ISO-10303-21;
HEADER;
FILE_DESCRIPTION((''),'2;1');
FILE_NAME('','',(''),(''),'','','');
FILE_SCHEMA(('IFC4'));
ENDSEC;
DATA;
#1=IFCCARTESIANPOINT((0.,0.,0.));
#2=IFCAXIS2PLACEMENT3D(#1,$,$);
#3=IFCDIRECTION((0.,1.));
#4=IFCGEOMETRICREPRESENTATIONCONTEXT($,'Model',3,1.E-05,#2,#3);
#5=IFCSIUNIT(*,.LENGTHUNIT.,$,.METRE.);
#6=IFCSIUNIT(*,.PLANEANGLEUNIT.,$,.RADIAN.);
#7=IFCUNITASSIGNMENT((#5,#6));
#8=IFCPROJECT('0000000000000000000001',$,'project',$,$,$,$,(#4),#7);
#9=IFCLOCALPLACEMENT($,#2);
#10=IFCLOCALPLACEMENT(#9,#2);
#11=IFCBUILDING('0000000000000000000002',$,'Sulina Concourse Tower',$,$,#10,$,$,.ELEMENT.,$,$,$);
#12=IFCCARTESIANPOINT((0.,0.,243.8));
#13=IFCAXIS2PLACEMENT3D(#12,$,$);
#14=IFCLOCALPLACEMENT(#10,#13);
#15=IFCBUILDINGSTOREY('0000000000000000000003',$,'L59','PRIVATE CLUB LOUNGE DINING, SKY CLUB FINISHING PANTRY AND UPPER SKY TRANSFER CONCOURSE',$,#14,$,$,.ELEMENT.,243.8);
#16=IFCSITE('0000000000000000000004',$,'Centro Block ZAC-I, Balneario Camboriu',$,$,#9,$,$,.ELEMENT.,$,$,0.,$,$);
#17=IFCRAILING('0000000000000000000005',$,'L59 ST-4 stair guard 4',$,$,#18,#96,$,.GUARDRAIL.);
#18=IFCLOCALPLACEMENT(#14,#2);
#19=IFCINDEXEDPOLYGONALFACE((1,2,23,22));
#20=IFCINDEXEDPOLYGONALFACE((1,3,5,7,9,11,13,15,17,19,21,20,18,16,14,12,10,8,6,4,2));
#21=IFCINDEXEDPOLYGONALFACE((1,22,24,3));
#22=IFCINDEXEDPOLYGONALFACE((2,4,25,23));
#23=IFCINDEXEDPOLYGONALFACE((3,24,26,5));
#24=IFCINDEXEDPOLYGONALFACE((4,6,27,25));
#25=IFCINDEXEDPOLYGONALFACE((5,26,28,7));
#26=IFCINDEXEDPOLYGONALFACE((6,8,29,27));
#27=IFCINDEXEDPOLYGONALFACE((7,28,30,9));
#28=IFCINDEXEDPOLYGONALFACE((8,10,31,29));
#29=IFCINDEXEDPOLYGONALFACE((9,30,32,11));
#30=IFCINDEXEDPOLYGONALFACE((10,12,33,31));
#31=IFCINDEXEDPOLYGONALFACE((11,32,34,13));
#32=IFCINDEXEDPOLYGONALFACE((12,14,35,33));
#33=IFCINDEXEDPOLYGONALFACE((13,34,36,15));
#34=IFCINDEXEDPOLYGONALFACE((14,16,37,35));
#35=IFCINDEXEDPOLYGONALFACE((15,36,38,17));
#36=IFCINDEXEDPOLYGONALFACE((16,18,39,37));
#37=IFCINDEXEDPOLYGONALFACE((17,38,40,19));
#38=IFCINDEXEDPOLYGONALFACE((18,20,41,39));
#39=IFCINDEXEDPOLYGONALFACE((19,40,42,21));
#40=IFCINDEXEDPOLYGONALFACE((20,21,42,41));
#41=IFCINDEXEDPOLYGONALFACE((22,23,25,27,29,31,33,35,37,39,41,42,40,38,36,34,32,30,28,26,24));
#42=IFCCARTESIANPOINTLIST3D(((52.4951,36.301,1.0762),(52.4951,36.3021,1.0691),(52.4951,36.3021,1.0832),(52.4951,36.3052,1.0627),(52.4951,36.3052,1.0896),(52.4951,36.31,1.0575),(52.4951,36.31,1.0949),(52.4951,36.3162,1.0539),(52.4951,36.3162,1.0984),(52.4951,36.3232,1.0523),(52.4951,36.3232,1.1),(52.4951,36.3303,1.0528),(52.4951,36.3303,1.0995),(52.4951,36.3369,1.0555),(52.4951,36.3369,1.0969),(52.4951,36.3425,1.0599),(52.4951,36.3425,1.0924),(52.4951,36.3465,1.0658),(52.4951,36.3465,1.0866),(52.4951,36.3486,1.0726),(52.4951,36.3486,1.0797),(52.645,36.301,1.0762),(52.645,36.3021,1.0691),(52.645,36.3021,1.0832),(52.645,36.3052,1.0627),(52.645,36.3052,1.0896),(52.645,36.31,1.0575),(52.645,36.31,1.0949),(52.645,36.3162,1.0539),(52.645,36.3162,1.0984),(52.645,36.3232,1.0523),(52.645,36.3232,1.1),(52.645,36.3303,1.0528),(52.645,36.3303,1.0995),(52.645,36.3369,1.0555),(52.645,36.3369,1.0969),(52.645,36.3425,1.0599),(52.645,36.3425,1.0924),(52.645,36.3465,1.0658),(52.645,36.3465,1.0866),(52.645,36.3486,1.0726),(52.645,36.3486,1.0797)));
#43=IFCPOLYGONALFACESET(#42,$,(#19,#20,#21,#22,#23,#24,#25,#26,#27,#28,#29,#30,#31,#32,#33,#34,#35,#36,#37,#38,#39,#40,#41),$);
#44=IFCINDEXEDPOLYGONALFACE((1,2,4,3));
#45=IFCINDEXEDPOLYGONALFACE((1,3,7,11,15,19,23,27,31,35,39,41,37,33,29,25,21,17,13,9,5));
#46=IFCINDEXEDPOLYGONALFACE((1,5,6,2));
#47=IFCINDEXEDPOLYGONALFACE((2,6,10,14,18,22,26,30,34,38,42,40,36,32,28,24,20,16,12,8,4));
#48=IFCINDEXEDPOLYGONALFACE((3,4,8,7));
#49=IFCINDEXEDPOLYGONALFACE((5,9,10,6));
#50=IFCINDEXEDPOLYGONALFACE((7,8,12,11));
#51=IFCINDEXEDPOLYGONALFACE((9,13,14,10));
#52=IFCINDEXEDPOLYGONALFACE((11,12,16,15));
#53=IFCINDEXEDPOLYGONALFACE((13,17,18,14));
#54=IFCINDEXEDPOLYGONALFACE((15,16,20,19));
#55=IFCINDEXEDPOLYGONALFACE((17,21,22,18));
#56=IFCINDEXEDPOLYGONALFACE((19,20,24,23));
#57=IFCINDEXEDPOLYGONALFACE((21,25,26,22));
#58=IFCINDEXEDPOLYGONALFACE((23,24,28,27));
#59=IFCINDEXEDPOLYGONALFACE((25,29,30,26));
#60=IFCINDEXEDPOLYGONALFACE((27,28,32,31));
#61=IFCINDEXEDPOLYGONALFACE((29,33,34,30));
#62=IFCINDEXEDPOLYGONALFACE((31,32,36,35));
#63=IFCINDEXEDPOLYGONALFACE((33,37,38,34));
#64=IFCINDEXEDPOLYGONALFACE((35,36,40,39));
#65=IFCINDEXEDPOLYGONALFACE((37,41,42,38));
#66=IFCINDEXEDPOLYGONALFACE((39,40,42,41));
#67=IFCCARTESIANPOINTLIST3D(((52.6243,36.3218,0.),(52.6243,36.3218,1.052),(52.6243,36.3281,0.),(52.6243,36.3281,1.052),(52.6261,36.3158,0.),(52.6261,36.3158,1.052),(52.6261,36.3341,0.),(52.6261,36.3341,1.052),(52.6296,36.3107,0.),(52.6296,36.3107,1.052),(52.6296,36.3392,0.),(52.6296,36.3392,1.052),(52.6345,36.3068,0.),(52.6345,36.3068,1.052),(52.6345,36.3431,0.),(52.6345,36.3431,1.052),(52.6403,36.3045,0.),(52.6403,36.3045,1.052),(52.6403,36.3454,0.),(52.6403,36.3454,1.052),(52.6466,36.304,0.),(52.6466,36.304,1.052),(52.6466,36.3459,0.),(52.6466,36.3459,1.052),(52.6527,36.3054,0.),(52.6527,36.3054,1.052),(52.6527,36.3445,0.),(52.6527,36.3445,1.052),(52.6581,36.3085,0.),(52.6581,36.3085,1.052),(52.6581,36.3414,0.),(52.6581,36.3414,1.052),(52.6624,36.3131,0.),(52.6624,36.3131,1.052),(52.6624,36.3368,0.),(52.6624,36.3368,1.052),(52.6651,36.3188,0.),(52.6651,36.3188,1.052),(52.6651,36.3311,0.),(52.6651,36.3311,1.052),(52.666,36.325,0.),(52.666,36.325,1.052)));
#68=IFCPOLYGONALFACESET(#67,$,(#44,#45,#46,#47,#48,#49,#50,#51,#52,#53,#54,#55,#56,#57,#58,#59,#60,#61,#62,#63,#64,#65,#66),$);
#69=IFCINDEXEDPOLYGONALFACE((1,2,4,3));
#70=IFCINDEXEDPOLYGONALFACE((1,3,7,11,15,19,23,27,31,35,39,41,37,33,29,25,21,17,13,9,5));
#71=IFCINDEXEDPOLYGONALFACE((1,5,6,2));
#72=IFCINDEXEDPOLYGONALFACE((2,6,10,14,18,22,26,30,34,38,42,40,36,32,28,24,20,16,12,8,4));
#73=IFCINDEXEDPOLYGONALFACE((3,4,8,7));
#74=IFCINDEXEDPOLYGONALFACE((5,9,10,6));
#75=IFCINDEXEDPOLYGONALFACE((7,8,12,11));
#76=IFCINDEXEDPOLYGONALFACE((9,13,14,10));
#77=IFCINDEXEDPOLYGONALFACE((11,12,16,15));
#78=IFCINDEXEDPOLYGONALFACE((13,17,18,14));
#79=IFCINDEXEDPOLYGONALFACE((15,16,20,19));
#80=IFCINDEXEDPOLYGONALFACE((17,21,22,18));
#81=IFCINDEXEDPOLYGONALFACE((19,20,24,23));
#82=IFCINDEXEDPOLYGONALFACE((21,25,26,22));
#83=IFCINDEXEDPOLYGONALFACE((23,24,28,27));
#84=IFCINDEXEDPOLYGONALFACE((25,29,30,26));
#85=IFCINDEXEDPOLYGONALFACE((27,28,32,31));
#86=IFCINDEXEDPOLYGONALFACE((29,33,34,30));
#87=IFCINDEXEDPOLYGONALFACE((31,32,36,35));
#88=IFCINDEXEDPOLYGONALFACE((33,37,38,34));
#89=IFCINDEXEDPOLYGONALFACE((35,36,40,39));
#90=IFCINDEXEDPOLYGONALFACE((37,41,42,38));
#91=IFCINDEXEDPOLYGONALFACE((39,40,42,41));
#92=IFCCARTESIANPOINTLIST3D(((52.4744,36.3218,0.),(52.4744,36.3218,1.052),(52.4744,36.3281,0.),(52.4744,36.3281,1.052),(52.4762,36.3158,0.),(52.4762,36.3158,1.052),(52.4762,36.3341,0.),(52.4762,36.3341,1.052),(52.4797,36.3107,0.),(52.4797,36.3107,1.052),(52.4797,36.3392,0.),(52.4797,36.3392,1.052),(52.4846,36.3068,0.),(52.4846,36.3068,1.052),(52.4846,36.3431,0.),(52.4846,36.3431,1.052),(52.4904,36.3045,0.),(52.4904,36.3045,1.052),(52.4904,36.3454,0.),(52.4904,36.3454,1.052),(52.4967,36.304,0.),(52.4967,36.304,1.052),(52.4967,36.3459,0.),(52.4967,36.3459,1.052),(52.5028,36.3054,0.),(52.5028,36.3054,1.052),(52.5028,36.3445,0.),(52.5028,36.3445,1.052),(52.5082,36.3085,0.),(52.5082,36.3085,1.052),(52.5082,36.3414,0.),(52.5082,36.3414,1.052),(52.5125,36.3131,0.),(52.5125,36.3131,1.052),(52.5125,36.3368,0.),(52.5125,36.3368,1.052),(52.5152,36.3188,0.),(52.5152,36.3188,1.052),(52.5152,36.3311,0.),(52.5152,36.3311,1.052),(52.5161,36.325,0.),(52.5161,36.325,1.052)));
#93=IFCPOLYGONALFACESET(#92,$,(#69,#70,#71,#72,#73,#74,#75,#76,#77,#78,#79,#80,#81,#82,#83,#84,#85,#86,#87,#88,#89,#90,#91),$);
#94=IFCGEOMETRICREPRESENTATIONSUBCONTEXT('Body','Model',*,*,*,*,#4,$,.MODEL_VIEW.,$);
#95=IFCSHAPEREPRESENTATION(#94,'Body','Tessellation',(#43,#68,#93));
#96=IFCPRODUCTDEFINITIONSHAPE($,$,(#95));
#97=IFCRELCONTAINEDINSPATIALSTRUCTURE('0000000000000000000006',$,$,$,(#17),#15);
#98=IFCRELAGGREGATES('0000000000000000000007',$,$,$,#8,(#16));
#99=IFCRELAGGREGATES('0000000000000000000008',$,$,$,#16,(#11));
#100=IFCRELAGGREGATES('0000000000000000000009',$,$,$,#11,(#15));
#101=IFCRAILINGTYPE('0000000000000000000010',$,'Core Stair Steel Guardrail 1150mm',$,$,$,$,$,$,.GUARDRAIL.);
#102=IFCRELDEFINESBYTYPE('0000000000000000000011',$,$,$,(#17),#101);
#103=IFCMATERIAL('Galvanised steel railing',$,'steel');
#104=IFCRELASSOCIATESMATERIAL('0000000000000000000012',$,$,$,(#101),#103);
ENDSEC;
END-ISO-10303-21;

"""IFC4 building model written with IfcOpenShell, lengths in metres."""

from ifc_helpers import new_model, si_unit, direction, frame, origin, origin_2d, place, context, subcontext, project, spatial, circle, extrude, material, type_object, element, save


model = new_model("IFC4")

# Units and contexts
model_context = context("Model", 3, precision=1e-05, world=origin(), true_north=direction((0.0, 1.0)))
body_context = subcontext(model_context, "Body", "Model", "MODEL_VIEW")
ifc_project = project(units=[si_unit("LENGTHUNIT", "METRE"), si_unit("PLANEANGLEUNIT", "RADIAN")], contexts=[model_context])

# Site, building, storey
site_placement = place(None, origin())
site = spatial("IfcSite", under=ifc_project, at=site_placement, Name="Centro Block ZAC-I, Balneario Camboriu", CompositionType="ELEMENT", RefElevation=0.0)
building_placement = place(site_placement, origin())
building = spatial("IfcBuilding", under=site, at=building_placement, Name="Sulina Concourse Tower", CompositionType="ELEMENT")
storey_placement = place(building_placement, frame((0.0, 0.0, 243.8)))
storey = spatial("IfcBuildingStorey", under=building, at=storey_placement, Name="L59", Description="PRIVATE CLUB LOUNGE DINING, SKY CLUB FINISHING PANTRY AND UPPER SKY TRANSFER CONCOURSE", CompositionType="ELEMENT", Elevation=243.8)

# Railing
ifc_material_1 = material(Name="Galvanised steel railing", Category="steel")
railing_type_1 = type_object("IfcRailingType", Name="Core Stair Steel Guardrail 1150mm", PredefinedType="GUARDRAIL", material=ifc_material_1)
railing_1_placement = place(storey_placement, frame((52.645, 36.325, 0.0)))
element("IfcRailing", 1, at=railing_1_placement, inside=storey, type_object=railing_type_1, Name="L59 ST-4 stair guard 4", PredefinedType="GUARDRAIL", context=body_context, shape_type="SweptSolid", body=[
    extrude(circle(Radius=0.0239, at=origin_2d()), frame((0.0, 0.0, 1.0762), z_axis=(-1.0, 0.0, 0.0), x_axis=(0.0, -1.0, 0.0)), (0.0, 0.0, 1.0), 0.1499),
    extrude(circle(Radius=0.021, at=origin_2d()), origin(), (0.0, 0.0, 1.0), 1.052),
    extrude(circle(Radius=0.021, at=origin_2d()), frame((-0.1499, 0.0, 0.0)), (0.0, 0.0, 1.0), 1.052),
])

save(model, "model.ifc")
